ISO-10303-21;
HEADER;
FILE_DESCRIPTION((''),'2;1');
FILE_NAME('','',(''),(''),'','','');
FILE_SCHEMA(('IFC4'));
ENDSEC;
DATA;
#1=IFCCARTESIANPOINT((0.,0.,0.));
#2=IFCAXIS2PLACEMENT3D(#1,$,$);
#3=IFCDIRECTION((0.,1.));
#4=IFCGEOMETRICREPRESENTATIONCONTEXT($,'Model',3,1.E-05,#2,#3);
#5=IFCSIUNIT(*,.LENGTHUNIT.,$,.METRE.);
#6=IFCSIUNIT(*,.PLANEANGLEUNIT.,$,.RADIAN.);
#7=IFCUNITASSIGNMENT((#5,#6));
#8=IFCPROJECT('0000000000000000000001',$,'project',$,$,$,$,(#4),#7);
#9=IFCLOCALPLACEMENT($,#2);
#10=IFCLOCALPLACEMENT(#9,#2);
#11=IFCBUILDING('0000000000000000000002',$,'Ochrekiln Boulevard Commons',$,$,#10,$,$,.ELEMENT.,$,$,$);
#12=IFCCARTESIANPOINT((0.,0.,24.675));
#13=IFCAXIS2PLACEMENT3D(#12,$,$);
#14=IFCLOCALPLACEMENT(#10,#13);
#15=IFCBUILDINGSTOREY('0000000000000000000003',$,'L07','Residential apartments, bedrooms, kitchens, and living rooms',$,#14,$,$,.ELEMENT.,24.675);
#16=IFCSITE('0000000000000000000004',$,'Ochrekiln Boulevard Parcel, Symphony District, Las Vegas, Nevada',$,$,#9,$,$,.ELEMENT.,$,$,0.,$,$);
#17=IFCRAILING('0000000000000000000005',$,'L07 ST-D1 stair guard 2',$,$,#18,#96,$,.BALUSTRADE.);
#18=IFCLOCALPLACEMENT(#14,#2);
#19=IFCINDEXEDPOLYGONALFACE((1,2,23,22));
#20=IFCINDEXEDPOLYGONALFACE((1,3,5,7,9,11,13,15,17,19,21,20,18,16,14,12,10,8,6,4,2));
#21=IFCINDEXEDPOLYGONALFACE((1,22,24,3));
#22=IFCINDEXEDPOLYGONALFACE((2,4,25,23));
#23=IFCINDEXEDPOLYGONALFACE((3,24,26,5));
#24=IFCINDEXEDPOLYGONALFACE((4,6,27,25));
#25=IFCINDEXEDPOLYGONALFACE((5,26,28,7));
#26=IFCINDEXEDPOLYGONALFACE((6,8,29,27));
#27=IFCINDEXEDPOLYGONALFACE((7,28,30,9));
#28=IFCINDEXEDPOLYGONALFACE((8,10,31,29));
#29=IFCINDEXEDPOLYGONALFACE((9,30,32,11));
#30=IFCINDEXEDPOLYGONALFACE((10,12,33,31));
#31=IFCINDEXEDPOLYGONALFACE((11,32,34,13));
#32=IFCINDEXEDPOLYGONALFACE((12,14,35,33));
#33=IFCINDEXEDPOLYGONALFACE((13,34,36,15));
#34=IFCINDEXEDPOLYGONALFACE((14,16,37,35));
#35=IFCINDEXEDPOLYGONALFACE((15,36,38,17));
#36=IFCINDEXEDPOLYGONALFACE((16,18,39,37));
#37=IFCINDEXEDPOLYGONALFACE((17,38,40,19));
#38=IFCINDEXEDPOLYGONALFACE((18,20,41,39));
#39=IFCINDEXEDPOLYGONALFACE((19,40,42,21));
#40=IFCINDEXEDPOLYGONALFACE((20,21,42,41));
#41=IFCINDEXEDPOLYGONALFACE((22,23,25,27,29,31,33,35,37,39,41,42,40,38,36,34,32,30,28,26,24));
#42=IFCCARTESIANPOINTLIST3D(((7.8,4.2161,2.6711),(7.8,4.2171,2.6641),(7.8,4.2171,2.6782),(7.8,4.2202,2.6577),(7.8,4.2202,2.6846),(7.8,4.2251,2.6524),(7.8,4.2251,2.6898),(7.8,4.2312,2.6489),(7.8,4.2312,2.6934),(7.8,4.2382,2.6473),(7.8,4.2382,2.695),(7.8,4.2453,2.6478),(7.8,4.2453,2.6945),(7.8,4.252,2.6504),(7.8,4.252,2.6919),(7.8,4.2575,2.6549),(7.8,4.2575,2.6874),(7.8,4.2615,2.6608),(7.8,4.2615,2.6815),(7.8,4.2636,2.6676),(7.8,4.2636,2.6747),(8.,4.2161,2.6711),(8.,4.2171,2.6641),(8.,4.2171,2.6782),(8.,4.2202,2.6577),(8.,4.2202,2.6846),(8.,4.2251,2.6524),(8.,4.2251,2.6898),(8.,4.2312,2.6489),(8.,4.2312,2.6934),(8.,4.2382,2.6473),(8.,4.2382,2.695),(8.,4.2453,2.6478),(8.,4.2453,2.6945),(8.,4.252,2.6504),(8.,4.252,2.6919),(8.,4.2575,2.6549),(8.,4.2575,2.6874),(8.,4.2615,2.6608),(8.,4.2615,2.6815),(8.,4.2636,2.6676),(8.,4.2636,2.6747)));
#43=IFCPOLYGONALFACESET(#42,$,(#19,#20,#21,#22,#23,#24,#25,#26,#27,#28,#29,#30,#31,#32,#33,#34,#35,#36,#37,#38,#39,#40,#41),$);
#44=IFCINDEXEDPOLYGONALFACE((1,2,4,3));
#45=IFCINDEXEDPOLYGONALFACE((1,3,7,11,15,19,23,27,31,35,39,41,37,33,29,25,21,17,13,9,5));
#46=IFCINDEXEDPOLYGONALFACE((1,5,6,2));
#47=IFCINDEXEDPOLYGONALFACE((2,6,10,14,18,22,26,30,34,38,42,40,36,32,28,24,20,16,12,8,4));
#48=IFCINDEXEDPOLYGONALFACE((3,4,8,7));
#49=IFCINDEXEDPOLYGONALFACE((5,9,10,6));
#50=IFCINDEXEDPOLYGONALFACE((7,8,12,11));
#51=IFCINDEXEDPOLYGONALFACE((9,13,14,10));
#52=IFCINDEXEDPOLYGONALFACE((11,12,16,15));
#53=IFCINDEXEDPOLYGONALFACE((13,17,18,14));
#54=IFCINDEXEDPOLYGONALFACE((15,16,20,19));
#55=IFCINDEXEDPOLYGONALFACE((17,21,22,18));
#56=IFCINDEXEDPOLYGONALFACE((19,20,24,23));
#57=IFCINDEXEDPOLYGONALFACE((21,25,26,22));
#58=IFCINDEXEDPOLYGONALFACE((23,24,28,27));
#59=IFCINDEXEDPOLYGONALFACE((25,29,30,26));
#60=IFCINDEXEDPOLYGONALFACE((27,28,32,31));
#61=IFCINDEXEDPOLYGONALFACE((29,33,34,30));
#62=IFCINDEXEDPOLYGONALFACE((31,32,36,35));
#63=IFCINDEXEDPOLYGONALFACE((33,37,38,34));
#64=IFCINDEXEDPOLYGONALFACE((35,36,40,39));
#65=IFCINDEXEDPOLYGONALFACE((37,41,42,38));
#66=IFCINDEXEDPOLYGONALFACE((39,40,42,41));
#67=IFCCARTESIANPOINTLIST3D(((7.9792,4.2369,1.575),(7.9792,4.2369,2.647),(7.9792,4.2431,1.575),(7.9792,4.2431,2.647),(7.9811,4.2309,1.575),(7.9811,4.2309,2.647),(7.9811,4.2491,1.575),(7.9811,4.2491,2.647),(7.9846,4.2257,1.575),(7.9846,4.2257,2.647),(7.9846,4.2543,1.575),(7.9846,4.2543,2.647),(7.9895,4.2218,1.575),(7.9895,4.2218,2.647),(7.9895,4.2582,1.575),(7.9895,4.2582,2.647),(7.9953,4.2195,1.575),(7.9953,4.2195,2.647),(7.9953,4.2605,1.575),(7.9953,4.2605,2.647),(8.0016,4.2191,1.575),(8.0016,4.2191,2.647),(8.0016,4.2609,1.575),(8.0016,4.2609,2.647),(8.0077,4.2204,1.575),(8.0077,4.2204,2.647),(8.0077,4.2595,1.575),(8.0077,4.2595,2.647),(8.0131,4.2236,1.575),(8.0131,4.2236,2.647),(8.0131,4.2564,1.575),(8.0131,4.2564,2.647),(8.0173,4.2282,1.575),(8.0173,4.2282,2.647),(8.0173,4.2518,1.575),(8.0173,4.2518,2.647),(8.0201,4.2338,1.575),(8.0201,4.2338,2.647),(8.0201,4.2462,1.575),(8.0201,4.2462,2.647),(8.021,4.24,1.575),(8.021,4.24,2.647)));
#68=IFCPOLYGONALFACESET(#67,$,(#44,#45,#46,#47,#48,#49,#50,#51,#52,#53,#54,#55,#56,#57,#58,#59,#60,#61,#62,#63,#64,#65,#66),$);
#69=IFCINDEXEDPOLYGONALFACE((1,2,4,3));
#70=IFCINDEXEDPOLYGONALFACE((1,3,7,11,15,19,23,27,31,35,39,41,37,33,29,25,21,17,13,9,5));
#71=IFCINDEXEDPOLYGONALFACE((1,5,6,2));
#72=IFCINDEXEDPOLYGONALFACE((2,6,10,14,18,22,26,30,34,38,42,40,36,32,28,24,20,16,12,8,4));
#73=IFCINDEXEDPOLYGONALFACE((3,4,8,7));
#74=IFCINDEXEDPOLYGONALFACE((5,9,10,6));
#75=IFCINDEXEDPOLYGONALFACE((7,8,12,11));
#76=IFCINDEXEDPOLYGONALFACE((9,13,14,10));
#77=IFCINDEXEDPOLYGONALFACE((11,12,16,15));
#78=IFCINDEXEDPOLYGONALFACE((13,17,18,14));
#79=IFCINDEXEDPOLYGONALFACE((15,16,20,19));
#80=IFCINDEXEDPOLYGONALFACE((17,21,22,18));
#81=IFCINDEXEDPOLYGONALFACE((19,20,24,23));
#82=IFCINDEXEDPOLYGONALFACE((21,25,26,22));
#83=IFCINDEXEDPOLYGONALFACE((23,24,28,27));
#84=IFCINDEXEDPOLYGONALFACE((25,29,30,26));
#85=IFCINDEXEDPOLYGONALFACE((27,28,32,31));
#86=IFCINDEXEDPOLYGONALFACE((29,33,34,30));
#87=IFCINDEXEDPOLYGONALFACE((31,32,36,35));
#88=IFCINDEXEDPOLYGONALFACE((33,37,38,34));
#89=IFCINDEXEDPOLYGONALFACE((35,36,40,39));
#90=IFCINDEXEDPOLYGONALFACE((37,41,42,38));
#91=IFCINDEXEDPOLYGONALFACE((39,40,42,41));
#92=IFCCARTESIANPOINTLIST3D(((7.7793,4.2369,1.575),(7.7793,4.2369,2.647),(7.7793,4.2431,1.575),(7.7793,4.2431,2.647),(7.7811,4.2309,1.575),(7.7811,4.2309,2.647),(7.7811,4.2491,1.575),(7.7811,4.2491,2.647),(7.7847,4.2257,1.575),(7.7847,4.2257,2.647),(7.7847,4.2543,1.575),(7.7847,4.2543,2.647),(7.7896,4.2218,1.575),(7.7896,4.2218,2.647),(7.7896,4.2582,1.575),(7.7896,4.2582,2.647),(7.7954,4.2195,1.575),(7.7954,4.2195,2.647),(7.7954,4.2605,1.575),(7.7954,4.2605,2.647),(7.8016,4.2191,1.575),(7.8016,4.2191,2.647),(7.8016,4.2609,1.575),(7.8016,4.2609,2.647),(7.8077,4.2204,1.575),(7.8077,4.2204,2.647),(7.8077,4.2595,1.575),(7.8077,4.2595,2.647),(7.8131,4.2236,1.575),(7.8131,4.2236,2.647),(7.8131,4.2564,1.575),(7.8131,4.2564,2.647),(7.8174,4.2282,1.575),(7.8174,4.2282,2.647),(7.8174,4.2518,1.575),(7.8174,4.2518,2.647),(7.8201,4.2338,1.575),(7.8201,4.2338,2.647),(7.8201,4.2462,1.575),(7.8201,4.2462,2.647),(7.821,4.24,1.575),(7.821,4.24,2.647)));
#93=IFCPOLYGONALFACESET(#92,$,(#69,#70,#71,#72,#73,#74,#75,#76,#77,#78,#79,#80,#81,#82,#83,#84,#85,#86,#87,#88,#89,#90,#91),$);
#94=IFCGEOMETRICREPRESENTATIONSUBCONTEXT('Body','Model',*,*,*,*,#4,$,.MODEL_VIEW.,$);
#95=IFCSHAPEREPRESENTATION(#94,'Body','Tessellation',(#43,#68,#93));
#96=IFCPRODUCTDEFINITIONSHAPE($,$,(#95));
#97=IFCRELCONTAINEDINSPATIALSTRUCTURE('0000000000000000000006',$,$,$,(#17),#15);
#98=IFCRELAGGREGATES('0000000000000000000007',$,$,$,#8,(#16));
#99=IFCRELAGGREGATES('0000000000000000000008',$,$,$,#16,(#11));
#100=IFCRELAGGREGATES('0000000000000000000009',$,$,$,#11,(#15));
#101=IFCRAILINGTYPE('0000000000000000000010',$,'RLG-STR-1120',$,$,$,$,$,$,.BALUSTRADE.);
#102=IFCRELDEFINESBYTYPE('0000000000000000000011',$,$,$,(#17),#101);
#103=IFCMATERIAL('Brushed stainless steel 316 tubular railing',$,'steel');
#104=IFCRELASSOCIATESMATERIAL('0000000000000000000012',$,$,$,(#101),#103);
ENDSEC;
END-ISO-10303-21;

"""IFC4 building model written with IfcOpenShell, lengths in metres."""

from ifc_helpers import new_model, si_unit, direction, frame, origin, origin_2d, place, context, subcontext, project, spatial, circle, extrude, material, type_object, element, save


model = new_model("IFC4")

# Units and contexts
model_context = context("Model", 3, precision=1e-05, world=origin(), true_north=direction((0.0, 1.0)))
body_context = subcontext(model_context, "Body", "Model", "MODEL_VIEW")
ifc_project = project(units=[si_unit("LENGTHUNIT", "METRE"), si_unit("PLANEANGLEUNIT", "RADIAN")], contexts=[model_context])

# Site, building, storey
site_placement = place(None, origin())
site = spatial("IfcSite", under=ifc_project, at=site_placement, Name="Ochrekiln Boulevard Parcel, Symphony District, Las Vegas, Nevada", CompositionType="ELEMENT", RefElevation=0.0)
building_placement = place(site_placement, origin())
building = spatial("IfcBuilding", under=site, at=building_placement, Name="Ochrekiln Boulevard Commons", CompositionType="ELEMENT")
storey_placement = place(building_placement, frame((0.0, 0.0, 24.675)))
storey = spatial("IfcBuildingStorey", under=building, at=storey_placement, Name="L07", Description="Residential apartments, bedrooms, kitchens, and living rooms", CompositionType="ELEMENT", Elevation=24.675)

# Railing
ifc_material_1 = material(Name="Brushed stainless steel 316 tubular railing", Category="steel")
railing_type_1 = type_object("IfcRailingType", Name="RLG-STR-1120", PredefinedType="BALUSTRADE", material=ifc_material_1)
railing_1_placement = place(storey_placement, frame((8.0, 4.24, 1.575)))
element("IfcRailing", 1, at=railing_1_placement, inside=storey, type_object=railing_type_1, Name="L07 ST-D1 stair guard 2", PredefinedType="BALUSTRADE", context=body_context, shape_type="SweptSolid", body=[
    extrude(circle(Radius=0.0239, at=origin_2d()), frame((0.0, 0.0, 1.0962), z_axis=(-1.0, 0.0, 0.0), x_axis=(0.0, -1.0, 0.0)), (0.0, 0.0, 1.0), 0.2),
    extrude(circle(Radius=0.021, at=origin_2d()), origin(), (0.0, 0.0, 1.0), 1.072),
    extrude(circle(Radius=0.021, at=origin_2d()), frame((-0.2, 0.0, 0.0)), (0.0, 0.0, 1.0), 1.072),
])

save(model, "model.ifc")
